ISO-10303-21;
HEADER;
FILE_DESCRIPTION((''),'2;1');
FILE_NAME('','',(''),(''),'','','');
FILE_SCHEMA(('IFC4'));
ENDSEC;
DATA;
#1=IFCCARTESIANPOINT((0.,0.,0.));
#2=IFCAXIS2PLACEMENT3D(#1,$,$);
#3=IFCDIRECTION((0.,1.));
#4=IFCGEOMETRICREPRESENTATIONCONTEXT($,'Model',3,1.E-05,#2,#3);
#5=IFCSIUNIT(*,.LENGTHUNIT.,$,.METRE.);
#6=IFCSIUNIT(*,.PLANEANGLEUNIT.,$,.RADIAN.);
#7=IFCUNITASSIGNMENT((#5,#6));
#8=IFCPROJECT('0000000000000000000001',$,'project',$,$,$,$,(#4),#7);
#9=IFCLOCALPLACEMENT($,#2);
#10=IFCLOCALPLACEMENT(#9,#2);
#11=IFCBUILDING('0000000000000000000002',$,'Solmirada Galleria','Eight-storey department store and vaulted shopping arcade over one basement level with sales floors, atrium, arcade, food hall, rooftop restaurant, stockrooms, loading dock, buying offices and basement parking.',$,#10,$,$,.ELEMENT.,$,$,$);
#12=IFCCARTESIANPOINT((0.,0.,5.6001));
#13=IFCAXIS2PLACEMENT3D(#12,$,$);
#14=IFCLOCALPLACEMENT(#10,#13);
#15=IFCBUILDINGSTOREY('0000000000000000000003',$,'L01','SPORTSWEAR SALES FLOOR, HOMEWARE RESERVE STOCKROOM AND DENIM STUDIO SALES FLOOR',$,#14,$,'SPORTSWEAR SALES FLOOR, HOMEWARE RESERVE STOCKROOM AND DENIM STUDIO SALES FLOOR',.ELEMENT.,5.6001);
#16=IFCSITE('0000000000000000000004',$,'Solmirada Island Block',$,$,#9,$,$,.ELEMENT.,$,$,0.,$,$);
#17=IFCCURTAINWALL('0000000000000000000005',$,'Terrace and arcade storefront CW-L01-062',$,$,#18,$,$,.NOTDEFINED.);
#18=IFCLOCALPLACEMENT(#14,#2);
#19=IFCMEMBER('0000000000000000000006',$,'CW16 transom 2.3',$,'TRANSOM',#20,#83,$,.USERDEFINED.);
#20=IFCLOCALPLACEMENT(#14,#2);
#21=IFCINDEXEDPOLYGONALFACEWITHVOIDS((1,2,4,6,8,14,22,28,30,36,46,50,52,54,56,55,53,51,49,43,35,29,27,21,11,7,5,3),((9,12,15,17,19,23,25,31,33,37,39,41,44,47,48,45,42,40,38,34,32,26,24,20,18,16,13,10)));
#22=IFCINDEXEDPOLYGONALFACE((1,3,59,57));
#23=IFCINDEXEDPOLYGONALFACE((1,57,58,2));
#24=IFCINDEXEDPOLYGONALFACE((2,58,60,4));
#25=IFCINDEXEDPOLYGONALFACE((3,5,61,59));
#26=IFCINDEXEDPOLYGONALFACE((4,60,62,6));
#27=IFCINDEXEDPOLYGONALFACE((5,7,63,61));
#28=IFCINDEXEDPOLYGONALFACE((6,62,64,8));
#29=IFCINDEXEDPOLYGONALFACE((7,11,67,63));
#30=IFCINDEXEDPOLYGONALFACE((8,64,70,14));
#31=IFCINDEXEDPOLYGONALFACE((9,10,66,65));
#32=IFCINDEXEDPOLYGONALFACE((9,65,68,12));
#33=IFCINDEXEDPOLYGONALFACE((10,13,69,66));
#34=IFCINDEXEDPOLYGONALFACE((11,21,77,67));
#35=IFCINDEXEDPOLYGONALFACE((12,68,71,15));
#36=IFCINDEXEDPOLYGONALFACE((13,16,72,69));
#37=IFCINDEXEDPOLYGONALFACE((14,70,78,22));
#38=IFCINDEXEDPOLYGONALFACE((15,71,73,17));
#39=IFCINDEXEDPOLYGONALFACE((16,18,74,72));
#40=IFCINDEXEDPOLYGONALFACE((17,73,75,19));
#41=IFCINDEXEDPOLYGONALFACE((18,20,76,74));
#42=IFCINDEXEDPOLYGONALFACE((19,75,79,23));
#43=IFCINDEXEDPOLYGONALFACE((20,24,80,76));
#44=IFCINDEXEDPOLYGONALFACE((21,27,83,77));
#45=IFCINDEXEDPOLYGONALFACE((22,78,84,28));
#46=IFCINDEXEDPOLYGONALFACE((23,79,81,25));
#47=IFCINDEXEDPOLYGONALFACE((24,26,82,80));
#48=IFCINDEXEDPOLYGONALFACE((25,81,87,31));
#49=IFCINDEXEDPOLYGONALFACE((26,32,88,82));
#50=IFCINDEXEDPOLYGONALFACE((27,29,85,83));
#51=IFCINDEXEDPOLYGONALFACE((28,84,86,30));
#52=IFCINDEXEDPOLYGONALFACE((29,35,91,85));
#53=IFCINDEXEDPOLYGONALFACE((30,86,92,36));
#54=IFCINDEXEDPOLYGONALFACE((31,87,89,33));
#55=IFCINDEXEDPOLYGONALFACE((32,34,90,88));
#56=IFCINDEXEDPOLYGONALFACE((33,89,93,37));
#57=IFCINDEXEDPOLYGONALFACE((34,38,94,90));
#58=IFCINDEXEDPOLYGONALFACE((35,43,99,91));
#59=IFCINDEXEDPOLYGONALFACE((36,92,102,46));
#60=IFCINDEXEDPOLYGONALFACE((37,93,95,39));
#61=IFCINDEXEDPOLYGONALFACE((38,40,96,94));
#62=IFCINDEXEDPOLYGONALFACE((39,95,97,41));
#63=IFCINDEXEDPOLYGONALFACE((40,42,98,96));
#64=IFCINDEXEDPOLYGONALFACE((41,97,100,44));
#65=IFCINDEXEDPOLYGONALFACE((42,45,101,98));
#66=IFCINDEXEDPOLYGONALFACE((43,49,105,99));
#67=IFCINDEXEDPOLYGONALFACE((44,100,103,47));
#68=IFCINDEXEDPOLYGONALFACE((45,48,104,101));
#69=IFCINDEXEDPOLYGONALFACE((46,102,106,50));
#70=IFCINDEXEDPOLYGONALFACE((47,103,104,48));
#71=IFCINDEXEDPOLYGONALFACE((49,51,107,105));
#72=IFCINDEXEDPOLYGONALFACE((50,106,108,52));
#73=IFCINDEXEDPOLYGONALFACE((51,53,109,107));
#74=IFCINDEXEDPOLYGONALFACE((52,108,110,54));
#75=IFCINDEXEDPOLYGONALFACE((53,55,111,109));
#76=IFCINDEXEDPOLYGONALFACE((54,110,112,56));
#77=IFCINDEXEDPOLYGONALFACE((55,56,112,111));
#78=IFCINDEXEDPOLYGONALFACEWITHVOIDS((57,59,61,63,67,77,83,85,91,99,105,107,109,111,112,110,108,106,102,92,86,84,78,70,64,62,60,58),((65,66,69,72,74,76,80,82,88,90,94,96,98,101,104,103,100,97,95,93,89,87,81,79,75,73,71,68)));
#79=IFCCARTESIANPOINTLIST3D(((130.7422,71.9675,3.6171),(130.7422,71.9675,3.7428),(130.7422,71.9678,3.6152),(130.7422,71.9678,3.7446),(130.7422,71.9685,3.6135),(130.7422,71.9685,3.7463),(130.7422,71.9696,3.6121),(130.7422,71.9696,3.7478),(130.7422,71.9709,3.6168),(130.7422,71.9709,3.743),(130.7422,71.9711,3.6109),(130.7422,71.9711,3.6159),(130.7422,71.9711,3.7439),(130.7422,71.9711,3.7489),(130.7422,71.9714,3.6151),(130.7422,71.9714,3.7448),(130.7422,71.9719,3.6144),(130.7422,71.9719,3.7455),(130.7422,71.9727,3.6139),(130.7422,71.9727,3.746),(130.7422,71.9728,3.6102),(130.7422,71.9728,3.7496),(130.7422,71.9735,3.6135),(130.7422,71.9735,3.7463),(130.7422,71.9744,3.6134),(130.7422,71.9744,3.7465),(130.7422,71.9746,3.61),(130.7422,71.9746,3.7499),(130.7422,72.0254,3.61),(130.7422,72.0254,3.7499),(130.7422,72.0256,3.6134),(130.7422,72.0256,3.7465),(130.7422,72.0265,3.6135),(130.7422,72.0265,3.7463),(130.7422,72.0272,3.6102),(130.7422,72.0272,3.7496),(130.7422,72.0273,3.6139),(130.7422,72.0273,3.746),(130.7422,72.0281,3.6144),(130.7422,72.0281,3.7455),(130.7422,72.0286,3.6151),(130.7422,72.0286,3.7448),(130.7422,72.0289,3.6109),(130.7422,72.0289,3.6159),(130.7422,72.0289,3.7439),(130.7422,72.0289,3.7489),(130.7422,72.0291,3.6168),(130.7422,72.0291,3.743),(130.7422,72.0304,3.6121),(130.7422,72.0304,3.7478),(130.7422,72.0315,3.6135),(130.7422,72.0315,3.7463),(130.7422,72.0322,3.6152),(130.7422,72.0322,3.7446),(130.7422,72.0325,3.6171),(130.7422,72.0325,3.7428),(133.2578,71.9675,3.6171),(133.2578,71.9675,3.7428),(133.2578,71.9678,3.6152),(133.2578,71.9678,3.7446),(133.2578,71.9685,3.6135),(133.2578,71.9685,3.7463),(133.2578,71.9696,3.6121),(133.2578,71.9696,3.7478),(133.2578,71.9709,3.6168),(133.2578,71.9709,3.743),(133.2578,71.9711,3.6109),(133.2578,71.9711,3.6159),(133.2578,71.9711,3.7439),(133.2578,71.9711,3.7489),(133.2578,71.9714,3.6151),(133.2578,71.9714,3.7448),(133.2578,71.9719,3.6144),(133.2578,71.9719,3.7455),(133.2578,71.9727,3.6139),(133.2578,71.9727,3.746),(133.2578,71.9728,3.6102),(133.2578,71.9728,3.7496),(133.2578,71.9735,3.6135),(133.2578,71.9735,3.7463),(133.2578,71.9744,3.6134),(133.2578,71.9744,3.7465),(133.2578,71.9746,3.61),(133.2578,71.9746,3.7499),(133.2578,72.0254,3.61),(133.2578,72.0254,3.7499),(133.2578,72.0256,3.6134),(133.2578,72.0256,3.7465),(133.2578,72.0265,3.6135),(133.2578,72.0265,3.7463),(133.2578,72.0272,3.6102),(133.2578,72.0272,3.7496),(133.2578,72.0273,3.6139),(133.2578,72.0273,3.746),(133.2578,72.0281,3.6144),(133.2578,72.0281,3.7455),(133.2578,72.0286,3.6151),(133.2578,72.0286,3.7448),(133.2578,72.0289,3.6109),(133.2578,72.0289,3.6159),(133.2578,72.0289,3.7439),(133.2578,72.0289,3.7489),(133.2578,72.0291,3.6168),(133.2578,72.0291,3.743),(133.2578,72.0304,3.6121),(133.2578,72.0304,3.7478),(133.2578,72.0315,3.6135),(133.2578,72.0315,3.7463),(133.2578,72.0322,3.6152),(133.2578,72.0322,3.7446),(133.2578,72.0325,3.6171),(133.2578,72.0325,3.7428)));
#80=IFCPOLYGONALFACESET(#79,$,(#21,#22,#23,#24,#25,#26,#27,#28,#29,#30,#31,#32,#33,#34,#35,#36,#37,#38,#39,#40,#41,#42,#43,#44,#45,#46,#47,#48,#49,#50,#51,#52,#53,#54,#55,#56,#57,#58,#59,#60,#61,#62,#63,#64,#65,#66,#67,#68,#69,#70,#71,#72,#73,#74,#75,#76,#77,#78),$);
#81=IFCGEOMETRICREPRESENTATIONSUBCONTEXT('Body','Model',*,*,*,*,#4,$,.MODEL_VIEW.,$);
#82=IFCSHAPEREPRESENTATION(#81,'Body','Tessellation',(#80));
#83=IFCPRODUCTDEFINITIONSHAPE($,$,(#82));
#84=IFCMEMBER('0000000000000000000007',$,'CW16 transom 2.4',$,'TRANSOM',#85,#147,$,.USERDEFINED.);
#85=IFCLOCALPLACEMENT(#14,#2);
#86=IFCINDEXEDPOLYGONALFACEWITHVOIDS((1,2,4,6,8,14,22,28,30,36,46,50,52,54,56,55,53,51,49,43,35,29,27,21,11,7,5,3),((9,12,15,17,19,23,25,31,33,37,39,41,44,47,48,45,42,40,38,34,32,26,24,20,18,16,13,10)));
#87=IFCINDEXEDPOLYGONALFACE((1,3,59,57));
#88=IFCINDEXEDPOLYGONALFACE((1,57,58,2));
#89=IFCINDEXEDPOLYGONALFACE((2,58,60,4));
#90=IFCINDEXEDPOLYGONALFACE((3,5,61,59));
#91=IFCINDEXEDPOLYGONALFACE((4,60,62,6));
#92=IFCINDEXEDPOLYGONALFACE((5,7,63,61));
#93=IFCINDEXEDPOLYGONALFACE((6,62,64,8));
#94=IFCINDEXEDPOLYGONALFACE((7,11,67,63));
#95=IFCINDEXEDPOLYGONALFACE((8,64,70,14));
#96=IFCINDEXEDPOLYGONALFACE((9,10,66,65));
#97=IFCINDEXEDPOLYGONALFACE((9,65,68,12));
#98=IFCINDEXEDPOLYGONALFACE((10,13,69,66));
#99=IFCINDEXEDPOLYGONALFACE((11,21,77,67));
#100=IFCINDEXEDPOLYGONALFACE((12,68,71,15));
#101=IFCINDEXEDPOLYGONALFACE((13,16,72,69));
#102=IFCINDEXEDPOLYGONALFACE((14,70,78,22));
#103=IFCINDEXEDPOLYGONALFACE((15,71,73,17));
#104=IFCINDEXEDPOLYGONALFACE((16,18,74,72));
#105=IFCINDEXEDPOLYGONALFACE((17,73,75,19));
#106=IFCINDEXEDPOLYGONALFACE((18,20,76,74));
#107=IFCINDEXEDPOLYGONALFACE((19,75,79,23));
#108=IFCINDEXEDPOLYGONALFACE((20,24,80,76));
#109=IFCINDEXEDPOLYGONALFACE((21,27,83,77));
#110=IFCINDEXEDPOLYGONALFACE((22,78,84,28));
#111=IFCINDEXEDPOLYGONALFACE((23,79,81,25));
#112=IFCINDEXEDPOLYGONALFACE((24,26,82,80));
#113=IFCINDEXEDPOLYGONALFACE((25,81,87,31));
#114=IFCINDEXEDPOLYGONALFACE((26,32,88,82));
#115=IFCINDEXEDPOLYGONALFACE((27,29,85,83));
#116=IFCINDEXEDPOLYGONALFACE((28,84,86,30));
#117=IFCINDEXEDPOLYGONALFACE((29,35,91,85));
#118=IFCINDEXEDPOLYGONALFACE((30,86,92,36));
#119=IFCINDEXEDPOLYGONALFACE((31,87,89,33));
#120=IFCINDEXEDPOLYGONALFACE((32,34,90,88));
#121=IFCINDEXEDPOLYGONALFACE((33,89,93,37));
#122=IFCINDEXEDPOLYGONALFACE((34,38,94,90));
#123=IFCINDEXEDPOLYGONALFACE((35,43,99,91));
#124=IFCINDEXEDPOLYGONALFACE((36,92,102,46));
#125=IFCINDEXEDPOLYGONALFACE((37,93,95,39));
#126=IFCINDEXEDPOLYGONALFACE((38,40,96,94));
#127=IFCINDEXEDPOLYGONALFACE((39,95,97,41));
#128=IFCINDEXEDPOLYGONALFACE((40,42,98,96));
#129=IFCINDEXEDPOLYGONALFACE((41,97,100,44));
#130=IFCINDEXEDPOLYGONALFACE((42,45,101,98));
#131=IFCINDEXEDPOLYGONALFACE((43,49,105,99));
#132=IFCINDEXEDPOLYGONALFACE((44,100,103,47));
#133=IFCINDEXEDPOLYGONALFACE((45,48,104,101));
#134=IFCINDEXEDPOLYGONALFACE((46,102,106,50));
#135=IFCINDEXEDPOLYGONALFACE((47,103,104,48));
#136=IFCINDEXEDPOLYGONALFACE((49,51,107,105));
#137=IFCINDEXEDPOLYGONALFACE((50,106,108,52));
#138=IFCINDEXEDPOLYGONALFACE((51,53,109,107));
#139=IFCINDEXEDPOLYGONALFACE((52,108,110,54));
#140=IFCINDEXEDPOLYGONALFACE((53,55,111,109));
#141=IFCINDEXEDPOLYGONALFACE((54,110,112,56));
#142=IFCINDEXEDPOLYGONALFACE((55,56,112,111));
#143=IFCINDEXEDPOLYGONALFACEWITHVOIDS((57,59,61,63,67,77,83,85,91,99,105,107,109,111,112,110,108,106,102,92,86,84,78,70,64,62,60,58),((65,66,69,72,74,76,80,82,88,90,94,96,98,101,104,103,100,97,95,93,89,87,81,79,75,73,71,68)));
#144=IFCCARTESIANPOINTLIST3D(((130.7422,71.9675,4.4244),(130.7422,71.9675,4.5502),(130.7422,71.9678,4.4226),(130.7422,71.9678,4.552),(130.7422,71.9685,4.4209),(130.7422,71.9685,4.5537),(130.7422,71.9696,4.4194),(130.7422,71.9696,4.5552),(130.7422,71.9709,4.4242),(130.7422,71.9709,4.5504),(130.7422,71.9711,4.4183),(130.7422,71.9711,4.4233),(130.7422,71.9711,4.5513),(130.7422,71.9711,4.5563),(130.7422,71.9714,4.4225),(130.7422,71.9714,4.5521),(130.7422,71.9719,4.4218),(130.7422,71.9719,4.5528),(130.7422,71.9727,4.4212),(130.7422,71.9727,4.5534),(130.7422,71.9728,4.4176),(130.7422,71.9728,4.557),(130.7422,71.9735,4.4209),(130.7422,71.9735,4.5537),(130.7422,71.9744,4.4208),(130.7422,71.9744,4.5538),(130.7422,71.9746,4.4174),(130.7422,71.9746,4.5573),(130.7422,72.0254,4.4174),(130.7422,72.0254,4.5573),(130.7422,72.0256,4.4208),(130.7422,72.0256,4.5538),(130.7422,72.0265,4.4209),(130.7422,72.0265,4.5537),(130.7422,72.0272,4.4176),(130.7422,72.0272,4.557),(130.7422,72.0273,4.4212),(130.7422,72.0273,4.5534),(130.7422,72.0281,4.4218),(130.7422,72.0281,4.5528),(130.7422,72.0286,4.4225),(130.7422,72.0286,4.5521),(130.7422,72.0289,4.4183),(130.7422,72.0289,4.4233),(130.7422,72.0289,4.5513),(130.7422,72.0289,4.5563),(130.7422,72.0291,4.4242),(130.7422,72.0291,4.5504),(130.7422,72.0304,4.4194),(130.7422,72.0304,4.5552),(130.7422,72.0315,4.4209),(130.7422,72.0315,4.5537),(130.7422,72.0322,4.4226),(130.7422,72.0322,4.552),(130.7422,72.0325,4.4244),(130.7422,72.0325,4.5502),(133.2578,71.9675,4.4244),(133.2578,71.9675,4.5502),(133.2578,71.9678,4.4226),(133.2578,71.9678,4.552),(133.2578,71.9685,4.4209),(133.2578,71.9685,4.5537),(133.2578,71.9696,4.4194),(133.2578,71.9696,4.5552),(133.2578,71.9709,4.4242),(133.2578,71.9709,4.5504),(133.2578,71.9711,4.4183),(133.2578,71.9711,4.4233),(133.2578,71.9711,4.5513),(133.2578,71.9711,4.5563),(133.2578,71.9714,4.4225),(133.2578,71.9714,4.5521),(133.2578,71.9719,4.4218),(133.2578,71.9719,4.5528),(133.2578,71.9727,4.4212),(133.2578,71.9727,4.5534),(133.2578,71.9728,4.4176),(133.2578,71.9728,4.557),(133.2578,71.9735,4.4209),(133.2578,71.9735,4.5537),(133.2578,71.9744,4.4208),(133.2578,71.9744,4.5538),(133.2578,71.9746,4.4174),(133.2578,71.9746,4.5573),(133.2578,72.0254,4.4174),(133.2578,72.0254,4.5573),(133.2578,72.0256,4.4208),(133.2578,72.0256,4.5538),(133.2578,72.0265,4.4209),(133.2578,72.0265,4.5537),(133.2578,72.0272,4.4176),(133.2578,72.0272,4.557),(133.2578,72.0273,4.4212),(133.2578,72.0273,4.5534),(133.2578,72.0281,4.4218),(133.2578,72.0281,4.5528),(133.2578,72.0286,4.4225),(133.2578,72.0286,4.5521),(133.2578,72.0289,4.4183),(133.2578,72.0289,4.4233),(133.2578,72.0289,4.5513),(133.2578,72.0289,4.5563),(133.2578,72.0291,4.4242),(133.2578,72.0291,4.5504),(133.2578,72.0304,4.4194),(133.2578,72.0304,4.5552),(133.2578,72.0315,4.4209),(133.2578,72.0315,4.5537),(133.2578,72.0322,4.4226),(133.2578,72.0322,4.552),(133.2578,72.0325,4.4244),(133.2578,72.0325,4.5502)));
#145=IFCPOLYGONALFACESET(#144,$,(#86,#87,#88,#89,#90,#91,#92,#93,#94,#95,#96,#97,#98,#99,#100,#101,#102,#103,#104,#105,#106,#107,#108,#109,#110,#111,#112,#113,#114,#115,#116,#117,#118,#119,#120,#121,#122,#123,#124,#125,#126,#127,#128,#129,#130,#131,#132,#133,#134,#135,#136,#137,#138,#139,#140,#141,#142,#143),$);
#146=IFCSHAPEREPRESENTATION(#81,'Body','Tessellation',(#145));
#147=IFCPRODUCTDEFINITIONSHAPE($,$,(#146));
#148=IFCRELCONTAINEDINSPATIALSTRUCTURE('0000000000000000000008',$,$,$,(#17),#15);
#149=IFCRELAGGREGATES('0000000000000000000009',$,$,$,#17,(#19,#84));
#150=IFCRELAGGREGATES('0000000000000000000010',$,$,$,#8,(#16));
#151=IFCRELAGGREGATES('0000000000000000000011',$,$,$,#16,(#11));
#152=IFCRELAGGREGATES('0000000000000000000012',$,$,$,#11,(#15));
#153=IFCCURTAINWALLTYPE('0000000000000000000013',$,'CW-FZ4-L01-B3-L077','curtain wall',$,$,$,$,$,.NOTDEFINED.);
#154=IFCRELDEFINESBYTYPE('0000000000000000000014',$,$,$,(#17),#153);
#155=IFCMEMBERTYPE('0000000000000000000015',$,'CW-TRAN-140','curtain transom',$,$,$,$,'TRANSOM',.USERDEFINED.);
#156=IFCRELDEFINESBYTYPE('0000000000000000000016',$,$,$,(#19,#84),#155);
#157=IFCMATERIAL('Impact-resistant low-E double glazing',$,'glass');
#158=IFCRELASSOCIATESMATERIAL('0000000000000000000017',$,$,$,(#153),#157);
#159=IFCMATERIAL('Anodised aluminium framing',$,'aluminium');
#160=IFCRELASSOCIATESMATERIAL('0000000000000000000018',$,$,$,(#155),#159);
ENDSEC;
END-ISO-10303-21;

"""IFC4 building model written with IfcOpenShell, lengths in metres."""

from ifc_helpers import new_model, si_unit, direction, frame, origin, origin_2d, place, context, subcontext, project, spatial, hollow_rectangle, extrude, material, material_profile, profile_set, type_object, element, aggregate, save


model = new_model("IFC4")

# Units and contexts
model_context = context("Model", 3, precision=1e-05, world=origin(), true_north=direction((0.0, 1.0)))
body_context = subcontext(model_context, "Body", "Model", "MODEL_VIEW")
ifc_project = project(units=[si_unit("LENGTHUNIT", "METRE"), si_unit("PLANEANGLEUNIT", "RADIAN")], contexts=[model_context])

# Site, building, storey
site_placement = place(None, origin())
site = spatial("IfcSite", under=ifc_project, at=site_placement, Name="Solmirada Island Block", CompositionType="ELEMENT", RefElevation=0.0)
building_placement = place(site_placement, origin())
building = spatial("IfcBuilding", under=site, at=building_placement, Name="Solmirada Galleria", Description="Eight-storey department store and vaulted shopping arcade over one basement level with sales floors, atrium, arcade, food hall, rooftop restaurant, stockrooms, loading dock, buying offices and basement parking.", CompositionType="ELEMENT")
storey_placement = place(building_placement, frame((0.0, 0.0, 5.6001)))
storey = spatial("IfcBuildingStorey", under=building, at=storey_placement, Name="L01", Description="SPORTSWEAR SALES FLOOR, HOMEWARE RESERVE STOCKROOM AND DENIM STUDIO SALES FLOOR", LongName="SPORTSWEAR SALES FLOOR, HOMEWARE RESERVE STOCKROOM AND DENIM STUDIO SALES FLOOR", CompositionType="ELEMENT", Elevation=5.6001)

# Curtain wall
ifc_material_1 = material(Name="Impact-resistant low-E double glazing", Category="glass")
curtain_wall_type = type_object("IfcCurtainWallType", Name="CW-FZ4-L01-B3-L077", Description="curtain wall", PredefinedType="NOTDEFINED", material=ifc_material_1)
curtain_wall_1_placement = place(storey_placement, origin())
curtain_wall_1 = element("IfcCurtainWall", 1, at=curtain_wall_1_placement, inside=storey, type_object=curtain_wall_type, Name="Terrace and arcade storefront CW-L01-062", PredefinedType="NOTDEFINED")
ifc_material_2 = material(Name="Anodised aluminium framing", Category="aluminium")

# Members
ifc_material_profile_1 = material_profile(ifc_material_2, hollow_rectangle(XDim=0.0649, YDim=0.1399, WallThickness=0.0034, InnerFilletRadius=0.0034, OuterFilletRadius=0.0071, at=origin_2d()), Name="ALU-TRAN-140X65")
ifc_profile_set_1 = profile_set([ifc_material_profile_1], Name="Anodised aluminium framing")
member_type_1 = type_object("IfcMemberType", Name="CW-TRAN-140", Description="curtain transom", ElementType="TRANSOM", PredefinedType="USERDEFINED", material=ifc_profile_set_1)
member_1_placement = place(storey_placement, frame((133.2578, 72.0, 3.6799), z_axis=(-1.0, 0.0, 0.0), x_axis=(0.0, -1.0, 0.0)))
member_1 = element("IfcMember", 2, at=member_1_placement, type_object=member_type_1, Name="CW16 transom 2.3", ObjectType="TRANSOM", PredefinedType="USERDEFINED", context=body_context, shape_type="SweptSolid", body=[
    extrude(hollow_rectangle(XDim=0.0649, YDim=0.1399, WallThickness=0.0034, InnerFilletRadius=0.0034, OuterFilletRadius=0.0071, at=origin_2d()), origin(), (0.0, 0.0, 1.0), 2.5156),
])
member_2_placement = place(storey_placement, frame((133.2578, 72.0, 4.4873), z_axis=(-1.0, 0.0, 0.0), x_axis=(0.0, -1.0, 0.0)))
member_2 = element("IfcMember", 3, at=member_2_placement, type_object=member_type_1, Name="CW16 transom 2.4", ObjectType="TRANSOM", PredefinedType="USERDEFINED", context=body_context, shape_type="SweptSolid", body=[
    extrude(hollow_rectangle(XDim=0.0649, YDim=0.1399, WallThickness=0.0034, InnerFilletRadius=0.0034, OuterFilletRadius=0.0071, at=origin_2d()), origin(), (0.0, 0.0, 1.0), 2.5156),
])

aggregate(curtain_wall_1, [member_1, member_2])

save(model, "model.ifc")
